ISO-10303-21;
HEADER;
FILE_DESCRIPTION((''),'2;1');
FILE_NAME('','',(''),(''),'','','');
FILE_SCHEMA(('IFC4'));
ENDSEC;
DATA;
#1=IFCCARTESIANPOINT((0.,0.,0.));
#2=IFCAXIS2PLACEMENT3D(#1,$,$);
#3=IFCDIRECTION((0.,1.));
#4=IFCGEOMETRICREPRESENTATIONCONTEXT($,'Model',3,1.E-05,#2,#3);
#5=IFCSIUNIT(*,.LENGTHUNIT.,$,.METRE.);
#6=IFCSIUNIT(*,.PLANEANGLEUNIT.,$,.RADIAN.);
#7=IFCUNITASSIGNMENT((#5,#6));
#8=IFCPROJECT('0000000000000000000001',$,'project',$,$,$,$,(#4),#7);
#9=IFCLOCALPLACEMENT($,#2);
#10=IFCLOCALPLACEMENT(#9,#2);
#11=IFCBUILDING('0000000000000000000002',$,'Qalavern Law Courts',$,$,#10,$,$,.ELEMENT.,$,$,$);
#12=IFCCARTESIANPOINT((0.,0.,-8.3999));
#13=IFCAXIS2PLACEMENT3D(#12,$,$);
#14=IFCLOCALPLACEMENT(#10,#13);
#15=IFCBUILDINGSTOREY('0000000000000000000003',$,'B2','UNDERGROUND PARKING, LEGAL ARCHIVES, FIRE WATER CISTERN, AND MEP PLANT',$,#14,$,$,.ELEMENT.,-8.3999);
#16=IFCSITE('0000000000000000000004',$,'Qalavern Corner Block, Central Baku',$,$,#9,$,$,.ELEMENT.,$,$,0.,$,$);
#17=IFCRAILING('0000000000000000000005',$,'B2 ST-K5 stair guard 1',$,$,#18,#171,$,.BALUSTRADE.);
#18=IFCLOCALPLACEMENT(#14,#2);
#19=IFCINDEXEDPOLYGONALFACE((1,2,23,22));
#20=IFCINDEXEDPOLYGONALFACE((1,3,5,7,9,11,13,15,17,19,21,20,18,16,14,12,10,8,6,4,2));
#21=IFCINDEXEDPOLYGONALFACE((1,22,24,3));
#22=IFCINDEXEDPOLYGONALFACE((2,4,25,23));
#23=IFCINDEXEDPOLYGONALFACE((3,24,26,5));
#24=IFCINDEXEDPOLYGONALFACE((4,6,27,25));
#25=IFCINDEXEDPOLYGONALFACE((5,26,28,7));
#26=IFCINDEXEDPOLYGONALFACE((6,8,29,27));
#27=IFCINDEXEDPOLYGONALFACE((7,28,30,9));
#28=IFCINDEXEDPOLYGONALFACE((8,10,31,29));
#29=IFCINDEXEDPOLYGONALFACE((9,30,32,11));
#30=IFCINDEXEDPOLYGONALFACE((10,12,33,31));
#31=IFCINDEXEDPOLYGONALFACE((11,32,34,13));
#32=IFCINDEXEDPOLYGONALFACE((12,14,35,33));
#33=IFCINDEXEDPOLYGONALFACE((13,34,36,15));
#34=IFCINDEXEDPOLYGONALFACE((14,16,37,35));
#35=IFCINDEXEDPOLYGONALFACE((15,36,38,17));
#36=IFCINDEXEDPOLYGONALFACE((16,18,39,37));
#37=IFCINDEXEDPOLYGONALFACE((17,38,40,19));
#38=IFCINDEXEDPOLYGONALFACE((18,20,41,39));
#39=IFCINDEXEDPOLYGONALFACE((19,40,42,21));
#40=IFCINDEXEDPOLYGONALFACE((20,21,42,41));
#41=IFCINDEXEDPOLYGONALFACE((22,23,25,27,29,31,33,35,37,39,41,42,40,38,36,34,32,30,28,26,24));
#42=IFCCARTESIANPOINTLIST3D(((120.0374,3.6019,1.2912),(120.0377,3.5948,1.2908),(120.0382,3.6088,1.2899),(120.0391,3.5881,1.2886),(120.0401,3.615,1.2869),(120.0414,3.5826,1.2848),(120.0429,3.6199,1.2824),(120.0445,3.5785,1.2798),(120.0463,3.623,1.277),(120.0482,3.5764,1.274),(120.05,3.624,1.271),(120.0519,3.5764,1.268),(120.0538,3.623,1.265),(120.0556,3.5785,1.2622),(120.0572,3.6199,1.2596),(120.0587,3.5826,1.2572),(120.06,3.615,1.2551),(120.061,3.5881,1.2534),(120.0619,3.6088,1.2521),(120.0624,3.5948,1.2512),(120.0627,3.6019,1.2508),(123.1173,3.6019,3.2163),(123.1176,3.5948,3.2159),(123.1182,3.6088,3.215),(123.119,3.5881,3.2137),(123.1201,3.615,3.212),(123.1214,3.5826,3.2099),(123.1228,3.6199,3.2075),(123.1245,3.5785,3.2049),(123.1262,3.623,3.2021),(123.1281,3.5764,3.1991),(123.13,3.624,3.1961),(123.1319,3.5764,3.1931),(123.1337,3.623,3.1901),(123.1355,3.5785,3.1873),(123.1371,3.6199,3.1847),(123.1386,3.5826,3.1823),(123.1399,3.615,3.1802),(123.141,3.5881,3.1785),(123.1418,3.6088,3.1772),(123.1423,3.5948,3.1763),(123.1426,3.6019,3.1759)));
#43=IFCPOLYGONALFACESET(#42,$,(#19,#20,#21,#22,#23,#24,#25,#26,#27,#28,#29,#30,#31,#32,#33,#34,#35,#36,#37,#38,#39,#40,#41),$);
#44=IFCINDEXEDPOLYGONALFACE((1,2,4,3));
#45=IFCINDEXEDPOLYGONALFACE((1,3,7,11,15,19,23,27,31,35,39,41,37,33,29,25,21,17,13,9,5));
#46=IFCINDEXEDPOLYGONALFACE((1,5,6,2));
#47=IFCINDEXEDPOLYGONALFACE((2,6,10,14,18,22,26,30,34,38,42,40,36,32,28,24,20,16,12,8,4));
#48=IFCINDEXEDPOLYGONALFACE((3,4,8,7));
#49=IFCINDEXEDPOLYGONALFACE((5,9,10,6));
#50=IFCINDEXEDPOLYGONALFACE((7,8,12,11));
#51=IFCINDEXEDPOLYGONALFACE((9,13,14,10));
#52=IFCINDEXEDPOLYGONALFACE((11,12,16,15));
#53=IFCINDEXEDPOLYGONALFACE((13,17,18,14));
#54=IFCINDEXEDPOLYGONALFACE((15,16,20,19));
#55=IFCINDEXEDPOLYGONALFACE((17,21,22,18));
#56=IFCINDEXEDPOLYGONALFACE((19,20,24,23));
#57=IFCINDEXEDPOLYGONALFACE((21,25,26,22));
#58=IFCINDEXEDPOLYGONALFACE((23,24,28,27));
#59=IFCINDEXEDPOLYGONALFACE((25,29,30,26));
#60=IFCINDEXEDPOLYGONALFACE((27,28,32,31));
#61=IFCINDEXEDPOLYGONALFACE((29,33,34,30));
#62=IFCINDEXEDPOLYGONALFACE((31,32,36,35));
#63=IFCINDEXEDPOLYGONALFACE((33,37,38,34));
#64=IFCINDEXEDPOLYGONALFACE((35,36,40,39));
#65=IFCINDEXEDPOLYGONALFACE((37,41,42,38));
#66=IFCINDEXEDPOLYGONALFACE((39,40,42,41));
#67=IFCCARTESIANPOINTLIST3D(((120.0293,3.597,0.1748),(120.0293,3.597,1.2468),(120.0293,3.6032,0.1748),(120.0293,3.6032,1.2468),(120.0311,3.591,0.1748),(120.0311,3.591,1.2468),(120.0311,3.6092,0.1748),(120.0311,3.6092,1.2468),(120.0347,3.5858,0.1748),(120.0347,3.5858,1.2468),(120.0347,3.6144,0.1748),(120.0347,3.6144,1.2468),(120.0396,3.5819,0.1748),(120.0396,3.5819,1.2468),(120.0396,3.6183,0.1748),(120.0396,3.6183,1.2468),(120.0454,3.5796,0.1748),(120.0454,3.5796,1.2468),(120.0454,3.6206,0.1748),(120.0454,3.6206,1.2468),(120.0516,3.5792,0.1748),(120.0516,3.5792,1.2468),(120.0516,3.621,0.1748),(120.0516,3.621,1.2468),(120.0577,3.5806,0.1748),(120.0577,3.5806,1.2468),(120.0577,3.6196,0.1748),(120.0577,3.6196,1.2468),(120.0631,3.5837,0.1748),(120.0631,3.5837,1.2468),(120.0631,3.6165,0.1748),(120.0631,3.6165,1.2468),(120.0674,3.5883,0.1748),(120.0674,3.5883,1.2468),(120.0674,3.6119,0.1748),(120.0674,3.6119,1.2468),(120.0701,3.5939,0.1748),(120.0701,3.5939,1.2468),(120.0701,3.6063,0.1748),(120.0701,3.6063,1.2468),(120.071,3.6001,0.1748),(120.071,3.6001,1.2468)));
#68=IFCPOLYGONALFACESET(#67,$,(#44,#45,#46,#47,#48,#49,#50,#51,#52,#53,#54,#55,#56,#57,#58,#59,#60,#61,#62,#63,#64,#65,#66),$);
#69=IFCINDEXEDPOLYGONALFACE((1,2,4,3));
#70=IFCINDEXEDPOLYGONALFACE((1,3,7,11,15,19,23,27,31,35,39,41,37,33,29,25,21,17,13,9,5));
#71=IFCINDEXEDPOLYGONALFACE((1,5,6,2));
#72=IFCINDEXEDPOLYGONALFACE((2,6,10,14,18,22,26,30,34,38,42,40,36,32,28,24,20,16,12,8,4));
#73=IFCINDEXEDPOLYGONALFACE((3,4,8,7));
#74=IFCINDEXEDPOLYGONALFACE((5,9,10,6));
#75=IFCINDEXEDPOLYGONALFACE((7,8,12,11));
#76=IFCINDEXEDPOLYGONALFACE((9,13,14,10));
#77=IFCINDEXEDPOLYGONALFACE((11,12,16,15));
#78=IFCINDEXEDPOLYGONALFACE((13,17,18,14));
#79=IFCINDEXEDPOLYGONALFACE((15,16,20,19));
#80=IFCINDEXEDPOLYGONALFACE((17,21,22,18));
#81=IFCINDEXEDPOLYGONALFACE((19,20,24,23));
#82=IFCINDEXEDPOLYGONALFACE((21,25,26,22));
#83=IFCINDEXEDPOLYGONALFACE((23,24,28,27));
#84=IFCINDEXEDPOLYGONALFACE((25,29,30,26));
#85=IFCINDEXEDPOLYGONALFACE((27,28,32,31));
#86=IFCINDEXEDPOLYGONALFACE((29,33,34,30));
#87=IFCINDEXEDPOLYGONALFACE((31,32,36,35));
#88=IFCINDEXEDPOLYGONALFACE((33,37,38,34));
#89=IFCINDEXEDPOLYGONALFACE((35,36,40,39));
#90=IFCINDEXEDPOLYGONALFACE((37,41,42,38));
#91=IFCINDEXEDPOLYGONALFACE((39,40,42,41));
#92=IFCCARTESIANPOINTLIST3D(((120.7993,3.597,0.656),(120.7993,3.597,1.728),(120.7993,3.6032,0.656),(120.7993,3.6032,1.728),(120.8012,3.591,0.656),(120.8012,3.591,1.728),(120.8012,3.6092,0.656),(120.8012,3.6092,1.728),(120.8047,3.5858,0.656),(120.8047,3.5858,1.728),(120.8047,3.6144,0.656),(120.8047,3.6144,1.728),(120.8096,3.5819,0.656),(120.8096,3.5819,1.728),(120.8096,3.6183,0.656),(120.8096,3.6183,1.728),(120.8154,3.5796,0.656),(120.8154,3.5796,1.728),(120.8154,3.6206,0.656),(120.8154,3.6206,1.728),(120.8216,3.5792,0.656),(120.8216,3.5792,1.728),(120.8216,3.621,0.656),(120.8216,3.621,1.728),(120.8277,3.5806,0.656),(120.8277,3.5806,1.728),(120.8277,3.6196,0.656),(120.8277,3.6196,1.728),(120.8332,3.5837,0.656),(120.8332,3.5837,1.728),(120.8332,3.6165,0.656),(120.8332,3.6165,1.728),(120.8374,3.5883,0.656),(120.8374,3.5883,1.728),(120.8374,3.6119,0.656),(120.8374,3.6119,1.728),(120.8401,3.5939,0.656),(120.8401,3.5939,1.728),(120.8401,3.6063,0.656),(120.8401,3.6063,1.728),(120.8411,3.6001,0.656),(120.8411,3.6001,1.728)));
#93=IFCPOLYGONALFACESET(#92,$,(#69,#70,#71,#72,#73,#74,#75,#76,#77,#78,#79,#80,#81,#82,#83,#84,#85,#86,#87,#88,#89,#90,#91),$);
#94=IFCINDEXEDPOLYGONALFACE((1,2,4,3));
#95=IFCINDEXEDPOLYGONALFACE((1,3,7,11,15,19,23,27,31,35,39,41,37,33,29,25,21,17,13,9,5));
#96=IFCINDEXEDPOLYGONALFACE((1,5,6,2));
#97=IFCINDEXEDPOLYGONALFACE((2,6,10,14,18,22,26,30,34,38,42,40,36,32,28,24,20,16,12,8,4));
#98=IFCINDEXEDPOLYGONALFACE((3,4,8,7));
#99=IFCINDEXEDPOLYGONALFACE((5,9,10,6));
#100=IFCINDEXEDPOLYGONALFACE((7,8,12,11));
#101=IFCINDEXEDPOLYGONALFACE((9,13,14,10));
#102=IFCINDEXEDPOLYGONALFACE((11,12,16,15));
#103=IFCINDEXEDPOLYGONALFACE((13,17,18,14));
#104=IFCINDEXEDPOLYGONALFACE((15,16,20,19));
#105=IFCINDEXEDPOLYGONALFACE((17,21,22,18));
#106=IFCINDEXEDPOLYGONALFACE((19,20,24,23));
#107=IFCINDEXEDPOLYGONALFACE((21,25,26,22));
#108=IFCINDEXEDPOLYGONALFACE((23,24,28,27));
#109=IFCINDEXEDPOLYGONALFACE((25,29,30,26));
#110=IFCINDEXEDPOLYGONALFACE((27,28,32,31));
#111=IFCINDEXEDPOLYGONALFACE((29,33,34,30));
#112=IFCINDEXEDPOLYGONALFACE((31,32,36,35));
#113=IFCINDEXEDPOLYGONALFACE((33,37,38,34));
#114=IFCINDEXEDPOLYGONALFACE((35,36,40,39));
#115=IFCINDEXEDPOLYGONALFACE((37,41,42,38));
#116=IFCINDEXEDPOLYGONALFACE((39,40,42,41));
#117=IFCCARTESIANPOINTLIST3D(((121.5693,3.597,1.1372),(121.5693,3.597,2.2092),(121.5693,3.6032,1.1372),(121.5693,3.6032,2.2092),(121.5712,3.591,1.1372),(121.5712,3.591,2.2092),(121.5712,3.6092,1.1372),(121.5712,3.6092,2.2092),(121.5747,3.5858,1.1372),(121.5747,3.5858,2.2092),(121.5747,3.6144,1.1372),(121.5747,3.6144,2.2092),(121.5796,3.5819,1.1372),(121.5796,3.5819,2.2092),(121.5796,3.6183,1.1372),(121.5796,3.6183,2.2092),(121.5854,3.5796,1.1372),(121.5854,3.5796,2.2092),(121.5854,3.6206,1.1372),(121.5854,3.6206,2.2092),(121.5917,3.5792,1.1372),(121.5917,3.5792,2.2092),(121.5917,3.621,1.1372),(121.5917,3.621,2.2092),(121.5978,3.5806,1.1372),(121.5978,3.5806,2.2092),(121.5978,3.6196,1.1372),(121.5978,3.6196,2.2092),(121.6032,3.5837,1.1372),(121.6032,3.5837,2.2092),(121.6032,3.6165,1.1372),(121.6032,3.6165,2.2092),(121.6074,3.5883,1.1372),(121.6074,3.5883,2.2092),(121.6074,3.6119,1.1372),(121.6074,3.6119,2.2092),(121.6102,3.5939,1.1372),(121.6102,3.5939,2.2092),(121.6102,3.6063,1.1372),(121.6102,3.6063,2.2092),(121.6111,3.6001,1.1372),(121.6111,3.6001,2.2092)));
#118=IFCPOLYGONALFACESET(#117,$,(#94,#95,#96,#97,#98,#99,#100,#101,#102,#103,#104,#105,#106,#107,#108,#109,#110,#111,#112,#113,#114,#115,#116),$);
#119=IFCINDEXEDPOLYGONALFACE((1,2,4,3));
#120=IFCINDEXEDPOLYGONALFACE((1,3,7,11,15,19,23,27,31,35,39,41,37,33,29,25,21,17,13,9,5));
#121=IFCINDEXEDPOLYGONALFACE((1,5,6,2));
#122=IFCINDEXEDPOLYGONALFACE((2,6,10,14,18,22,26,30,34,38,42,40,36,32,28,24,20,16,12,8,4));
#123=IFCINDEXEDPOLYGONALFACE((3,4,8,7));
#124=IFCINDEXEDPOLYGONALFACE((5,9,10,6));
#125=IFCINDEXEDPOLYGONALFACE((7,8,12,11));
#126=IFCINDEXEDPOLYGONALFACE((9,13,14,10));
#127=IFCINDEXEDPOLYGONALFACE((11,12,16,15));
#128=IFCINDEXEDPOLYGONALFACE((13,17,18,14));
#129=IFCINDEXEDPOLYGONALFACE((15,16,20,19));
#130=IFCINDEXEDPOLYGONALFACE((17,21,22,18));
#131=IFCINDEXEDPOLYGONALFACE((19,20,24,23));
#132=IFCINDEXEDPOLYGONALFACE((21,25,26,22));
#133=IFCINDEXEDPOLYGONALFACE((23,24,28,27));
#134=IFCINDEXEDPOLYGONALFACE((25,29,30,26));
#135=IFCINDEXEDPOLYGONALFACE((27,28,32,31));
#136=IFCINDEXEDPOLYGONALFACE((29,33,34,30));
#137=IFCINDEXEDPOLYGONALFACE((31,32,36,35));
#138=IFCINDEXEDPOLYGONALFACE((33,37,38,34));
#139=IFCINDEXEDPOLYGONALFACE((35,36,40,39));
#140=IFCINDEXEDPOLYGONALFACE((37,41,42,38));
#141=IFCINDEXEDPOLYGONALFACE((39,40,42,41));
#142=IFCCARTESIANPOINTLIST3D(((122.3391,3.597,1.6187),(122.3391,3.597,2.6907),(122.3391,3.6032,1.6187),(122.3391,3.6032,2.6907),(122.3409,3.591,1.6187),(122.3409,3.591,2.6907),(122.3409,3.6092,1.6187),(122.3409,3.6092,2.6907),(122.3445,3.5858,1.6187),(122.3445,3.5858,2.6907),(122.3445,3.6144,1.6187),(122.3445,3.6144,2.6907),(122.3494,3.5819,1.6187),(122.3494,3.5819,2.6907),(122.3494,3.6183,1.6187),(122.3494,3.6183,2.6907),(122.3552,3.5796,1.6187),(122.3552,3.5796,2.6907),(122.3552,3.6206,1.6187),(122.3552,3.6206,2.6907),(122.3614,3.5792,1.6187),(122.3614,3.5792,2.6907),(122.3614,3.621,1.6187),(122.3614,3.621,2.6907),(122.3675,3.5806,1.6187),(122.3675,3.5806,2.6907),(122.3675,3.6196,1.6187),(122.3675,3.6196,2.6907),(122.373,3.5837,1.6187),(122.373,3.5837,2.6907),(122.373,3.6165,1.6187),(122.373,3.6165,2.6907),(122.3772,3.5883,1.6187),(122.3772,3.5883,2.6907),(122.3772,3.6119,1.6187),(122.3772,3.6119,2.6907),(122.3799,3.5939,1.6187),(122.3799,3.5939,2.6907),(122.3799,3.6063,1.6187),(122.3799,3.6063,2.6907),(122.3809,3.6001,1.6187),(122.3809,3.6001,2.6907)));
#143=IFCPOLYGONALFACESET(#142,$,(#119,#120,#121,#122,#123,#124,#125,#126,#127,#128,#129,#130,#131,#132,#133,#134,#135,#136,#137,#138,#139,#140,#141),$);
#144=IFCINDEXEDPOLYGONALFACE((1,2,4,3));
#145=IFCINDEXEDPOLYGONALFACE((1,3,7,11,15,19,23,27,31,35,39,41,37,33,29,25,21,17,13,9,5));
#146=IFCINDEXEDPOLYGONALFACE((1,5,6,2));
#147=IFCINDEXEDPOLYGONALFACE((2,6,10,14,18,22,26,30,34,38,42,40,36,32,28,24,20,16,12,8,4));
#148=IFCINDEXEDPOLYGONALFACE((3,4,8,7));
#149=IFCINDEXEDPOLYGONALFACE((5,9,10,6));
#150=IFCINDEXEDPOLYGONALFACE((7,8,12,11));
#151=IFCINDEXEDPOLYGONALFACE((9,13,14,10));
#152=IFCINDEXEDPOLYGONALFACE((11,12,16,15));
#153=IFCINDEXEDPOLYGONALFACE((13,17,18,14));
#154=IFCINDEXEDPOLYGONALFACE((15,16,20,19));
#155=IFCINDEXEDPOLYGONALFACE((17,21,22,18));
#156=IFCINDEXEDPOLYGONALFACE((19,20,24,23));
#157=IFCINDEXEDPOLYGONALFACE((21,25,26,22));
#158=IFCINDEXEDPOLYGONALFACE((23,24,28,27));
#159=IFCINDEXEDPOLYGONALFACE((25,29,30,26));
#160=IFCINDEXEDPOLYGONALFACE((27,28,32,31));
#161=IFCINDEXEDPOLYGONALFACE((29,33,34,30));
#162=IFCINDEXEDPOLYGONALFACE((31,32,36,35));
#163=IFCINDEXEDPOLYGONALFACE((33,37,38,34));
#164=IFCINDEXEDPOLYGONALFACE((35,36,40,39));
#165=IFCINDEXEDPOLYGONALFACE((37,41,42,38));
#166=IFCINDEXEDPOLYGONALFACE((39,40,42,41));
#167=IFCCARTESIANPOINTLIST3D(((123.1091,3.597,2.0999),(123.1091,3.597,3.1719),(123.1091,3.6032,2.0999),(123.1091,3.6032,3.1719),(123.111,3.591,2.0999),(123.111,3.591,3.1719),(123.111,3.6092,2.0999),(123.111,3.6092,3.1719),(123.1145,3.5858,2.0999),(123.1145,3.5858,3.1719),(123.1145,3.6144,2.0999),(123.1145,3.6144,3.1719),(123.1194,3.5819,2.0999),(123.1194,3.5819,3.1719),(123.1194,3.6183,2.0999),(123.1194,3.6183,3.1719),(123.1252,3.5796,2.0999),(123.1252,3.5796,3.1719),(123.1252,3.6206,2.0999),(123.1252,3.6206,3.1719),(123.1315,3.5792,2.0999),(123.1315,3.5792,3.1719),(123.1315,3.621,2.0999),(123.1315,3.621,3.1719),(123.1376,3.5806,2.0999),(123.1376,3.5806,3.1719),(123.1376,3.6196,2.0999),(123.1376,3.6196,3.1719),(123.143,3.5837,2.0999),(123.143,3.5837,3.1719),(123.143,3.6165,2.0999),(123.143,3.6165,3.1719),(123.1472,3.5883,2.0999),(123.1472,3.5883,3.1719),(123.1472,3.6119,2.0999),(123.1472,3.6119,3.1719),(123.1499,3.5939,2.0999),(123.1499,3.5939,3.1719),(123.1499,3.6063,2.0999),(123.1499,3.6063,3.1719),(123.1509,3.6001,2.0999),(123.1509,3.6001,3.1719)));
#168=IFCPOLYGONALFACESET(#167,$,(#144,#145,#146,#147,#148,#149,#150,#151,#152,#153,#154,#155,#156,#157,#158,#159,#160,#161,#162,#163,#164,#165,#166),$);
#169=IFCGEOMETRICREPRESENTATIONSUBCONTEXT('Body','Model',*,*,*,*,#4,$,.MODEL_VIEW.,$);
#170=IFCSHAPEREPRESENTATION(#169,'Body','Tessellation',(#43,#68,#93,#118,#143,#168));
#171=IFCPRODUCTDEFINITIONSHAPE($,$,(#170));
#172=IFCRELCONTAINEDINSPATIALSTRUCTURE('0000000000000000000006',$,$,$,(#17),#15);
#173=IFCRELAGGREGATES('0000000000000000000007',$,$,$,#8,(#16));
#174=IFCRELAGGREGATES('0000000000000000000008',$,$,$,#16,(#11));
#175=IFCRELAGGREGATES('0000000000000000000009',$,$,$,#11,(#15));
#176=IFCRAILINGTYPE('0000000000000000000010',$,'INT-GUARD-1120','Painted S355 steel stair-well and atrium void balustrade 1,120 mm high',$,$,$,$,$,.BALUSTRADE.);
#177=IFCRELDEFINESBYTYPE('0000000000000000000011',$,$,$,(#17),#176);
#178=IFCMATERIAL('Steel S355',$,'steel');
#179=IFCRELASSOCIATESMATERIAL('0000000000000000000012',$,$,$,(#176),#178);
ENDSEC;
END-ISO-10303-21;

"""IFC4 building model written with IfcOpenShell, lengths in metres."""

from ifc_helpers import new_model, si_unit, direction, frame, origin, origin_2d, place, context, subcontext, project, spatial, circle, extrude, material, type_object, element, save


model = new_model("IFC4")

# Units and contexts
model_context = context("Model", 3, precision=1e-05, world=origin(), true_north=direction((0.0, 1.0)))
body_context = subcontext(model_context, "Body", "Model", "MODEL_VIEW")
ifc_project = project(units=[si_unit("LENGTHUNIT", "METRE"), si_unit("PLANEANGLEUNIT", "RADIAN")], contexts=[model_context])

# Site, building, storey
site_placement = place(None, origin())
site = spatial("IfcSite", under=ifc_project, at=site_placement, Name="Qalavern Corner Block, Central Baku", CompositionType="ELEMENT", RefElevation=0.0)
building_placement = place(site_placement, origin())
building = spatial("IfcBuilding", under=site, at=building_placement, Name="Qalavern Law Courts", CompositionType="ELEMENT")
storey_placement = place(building_placement, frame((0.0, 0.0, -8.3999)))
storey = spatial("IfcBuildingStorey", under=building, at=storey_placement, Name="B2", Description="UNDERGROUND PARKING, LEGAL ARCHIVES, FIRE WATER CISTERN, AND MEP PLANT", CompositionType="ELEMENT", Elevation=-8.3999)

# Railing
ifc_material_1 = material(Name="Steel S355", Category="steel")
railing_type_1 = type_object("IfcRailingType", Name="INT-GUARD-1120", Description="Painted S355 steel stair-well and atrium void balustrade 1,120 mm high", PredefinedType="BALUSTRADE", material=ifc_material_1)
railing_1_placement = place(storey_placement, frame((120.05, 3.6001, 0.1748)))
element("IfcRailing", 1, at=railing_1_placement, inside=storey, type_object=railing_type_1, Name="B2 ST-K5 stair guard 1", PredefinedType="BALUSTRADE", context=body_context, shape_type="SweptSolid", body=[
    extrude(circle(Radius=0.0239, at=origin_2d()), frame((0.0, 0.0, 1.0962), z_axis=(0.847979, 0.0, 0.530029), x_axis=(0.0, 1.0, 0.0)), (0.0, 0.0, 1.0), 3.6321),
    extrude(circle(Radius=0.021, at=origin_2d()), origin(), (0.0, 0.0, 1.0), 1.072),
    extrude(circle(Radius=0.021, at=origin_2d()), frame((0.77, 0.0, 0.4812)), (0.0, 0.0, 1.0), 1.072),
    extrude(circle(Radius=0.021, at=origin_2d()), frame((1.54, 0.0, 0.9624)), (0.0, 0.0, 1.0), 1.072),
    extrude(circle(Radius=0.021, at=origin_2d()), frame((2.3098, 0.0, 1.4438)), (0.0, 0.0, 1.0), 1.072),
    extrude(circle(Radius=0.021, at=origin_2d()), frame((3.0798, 0.0, 1.925)), (0.0, 0.0, 1.0), 1.072),
])

save(model, "model.ifc")
